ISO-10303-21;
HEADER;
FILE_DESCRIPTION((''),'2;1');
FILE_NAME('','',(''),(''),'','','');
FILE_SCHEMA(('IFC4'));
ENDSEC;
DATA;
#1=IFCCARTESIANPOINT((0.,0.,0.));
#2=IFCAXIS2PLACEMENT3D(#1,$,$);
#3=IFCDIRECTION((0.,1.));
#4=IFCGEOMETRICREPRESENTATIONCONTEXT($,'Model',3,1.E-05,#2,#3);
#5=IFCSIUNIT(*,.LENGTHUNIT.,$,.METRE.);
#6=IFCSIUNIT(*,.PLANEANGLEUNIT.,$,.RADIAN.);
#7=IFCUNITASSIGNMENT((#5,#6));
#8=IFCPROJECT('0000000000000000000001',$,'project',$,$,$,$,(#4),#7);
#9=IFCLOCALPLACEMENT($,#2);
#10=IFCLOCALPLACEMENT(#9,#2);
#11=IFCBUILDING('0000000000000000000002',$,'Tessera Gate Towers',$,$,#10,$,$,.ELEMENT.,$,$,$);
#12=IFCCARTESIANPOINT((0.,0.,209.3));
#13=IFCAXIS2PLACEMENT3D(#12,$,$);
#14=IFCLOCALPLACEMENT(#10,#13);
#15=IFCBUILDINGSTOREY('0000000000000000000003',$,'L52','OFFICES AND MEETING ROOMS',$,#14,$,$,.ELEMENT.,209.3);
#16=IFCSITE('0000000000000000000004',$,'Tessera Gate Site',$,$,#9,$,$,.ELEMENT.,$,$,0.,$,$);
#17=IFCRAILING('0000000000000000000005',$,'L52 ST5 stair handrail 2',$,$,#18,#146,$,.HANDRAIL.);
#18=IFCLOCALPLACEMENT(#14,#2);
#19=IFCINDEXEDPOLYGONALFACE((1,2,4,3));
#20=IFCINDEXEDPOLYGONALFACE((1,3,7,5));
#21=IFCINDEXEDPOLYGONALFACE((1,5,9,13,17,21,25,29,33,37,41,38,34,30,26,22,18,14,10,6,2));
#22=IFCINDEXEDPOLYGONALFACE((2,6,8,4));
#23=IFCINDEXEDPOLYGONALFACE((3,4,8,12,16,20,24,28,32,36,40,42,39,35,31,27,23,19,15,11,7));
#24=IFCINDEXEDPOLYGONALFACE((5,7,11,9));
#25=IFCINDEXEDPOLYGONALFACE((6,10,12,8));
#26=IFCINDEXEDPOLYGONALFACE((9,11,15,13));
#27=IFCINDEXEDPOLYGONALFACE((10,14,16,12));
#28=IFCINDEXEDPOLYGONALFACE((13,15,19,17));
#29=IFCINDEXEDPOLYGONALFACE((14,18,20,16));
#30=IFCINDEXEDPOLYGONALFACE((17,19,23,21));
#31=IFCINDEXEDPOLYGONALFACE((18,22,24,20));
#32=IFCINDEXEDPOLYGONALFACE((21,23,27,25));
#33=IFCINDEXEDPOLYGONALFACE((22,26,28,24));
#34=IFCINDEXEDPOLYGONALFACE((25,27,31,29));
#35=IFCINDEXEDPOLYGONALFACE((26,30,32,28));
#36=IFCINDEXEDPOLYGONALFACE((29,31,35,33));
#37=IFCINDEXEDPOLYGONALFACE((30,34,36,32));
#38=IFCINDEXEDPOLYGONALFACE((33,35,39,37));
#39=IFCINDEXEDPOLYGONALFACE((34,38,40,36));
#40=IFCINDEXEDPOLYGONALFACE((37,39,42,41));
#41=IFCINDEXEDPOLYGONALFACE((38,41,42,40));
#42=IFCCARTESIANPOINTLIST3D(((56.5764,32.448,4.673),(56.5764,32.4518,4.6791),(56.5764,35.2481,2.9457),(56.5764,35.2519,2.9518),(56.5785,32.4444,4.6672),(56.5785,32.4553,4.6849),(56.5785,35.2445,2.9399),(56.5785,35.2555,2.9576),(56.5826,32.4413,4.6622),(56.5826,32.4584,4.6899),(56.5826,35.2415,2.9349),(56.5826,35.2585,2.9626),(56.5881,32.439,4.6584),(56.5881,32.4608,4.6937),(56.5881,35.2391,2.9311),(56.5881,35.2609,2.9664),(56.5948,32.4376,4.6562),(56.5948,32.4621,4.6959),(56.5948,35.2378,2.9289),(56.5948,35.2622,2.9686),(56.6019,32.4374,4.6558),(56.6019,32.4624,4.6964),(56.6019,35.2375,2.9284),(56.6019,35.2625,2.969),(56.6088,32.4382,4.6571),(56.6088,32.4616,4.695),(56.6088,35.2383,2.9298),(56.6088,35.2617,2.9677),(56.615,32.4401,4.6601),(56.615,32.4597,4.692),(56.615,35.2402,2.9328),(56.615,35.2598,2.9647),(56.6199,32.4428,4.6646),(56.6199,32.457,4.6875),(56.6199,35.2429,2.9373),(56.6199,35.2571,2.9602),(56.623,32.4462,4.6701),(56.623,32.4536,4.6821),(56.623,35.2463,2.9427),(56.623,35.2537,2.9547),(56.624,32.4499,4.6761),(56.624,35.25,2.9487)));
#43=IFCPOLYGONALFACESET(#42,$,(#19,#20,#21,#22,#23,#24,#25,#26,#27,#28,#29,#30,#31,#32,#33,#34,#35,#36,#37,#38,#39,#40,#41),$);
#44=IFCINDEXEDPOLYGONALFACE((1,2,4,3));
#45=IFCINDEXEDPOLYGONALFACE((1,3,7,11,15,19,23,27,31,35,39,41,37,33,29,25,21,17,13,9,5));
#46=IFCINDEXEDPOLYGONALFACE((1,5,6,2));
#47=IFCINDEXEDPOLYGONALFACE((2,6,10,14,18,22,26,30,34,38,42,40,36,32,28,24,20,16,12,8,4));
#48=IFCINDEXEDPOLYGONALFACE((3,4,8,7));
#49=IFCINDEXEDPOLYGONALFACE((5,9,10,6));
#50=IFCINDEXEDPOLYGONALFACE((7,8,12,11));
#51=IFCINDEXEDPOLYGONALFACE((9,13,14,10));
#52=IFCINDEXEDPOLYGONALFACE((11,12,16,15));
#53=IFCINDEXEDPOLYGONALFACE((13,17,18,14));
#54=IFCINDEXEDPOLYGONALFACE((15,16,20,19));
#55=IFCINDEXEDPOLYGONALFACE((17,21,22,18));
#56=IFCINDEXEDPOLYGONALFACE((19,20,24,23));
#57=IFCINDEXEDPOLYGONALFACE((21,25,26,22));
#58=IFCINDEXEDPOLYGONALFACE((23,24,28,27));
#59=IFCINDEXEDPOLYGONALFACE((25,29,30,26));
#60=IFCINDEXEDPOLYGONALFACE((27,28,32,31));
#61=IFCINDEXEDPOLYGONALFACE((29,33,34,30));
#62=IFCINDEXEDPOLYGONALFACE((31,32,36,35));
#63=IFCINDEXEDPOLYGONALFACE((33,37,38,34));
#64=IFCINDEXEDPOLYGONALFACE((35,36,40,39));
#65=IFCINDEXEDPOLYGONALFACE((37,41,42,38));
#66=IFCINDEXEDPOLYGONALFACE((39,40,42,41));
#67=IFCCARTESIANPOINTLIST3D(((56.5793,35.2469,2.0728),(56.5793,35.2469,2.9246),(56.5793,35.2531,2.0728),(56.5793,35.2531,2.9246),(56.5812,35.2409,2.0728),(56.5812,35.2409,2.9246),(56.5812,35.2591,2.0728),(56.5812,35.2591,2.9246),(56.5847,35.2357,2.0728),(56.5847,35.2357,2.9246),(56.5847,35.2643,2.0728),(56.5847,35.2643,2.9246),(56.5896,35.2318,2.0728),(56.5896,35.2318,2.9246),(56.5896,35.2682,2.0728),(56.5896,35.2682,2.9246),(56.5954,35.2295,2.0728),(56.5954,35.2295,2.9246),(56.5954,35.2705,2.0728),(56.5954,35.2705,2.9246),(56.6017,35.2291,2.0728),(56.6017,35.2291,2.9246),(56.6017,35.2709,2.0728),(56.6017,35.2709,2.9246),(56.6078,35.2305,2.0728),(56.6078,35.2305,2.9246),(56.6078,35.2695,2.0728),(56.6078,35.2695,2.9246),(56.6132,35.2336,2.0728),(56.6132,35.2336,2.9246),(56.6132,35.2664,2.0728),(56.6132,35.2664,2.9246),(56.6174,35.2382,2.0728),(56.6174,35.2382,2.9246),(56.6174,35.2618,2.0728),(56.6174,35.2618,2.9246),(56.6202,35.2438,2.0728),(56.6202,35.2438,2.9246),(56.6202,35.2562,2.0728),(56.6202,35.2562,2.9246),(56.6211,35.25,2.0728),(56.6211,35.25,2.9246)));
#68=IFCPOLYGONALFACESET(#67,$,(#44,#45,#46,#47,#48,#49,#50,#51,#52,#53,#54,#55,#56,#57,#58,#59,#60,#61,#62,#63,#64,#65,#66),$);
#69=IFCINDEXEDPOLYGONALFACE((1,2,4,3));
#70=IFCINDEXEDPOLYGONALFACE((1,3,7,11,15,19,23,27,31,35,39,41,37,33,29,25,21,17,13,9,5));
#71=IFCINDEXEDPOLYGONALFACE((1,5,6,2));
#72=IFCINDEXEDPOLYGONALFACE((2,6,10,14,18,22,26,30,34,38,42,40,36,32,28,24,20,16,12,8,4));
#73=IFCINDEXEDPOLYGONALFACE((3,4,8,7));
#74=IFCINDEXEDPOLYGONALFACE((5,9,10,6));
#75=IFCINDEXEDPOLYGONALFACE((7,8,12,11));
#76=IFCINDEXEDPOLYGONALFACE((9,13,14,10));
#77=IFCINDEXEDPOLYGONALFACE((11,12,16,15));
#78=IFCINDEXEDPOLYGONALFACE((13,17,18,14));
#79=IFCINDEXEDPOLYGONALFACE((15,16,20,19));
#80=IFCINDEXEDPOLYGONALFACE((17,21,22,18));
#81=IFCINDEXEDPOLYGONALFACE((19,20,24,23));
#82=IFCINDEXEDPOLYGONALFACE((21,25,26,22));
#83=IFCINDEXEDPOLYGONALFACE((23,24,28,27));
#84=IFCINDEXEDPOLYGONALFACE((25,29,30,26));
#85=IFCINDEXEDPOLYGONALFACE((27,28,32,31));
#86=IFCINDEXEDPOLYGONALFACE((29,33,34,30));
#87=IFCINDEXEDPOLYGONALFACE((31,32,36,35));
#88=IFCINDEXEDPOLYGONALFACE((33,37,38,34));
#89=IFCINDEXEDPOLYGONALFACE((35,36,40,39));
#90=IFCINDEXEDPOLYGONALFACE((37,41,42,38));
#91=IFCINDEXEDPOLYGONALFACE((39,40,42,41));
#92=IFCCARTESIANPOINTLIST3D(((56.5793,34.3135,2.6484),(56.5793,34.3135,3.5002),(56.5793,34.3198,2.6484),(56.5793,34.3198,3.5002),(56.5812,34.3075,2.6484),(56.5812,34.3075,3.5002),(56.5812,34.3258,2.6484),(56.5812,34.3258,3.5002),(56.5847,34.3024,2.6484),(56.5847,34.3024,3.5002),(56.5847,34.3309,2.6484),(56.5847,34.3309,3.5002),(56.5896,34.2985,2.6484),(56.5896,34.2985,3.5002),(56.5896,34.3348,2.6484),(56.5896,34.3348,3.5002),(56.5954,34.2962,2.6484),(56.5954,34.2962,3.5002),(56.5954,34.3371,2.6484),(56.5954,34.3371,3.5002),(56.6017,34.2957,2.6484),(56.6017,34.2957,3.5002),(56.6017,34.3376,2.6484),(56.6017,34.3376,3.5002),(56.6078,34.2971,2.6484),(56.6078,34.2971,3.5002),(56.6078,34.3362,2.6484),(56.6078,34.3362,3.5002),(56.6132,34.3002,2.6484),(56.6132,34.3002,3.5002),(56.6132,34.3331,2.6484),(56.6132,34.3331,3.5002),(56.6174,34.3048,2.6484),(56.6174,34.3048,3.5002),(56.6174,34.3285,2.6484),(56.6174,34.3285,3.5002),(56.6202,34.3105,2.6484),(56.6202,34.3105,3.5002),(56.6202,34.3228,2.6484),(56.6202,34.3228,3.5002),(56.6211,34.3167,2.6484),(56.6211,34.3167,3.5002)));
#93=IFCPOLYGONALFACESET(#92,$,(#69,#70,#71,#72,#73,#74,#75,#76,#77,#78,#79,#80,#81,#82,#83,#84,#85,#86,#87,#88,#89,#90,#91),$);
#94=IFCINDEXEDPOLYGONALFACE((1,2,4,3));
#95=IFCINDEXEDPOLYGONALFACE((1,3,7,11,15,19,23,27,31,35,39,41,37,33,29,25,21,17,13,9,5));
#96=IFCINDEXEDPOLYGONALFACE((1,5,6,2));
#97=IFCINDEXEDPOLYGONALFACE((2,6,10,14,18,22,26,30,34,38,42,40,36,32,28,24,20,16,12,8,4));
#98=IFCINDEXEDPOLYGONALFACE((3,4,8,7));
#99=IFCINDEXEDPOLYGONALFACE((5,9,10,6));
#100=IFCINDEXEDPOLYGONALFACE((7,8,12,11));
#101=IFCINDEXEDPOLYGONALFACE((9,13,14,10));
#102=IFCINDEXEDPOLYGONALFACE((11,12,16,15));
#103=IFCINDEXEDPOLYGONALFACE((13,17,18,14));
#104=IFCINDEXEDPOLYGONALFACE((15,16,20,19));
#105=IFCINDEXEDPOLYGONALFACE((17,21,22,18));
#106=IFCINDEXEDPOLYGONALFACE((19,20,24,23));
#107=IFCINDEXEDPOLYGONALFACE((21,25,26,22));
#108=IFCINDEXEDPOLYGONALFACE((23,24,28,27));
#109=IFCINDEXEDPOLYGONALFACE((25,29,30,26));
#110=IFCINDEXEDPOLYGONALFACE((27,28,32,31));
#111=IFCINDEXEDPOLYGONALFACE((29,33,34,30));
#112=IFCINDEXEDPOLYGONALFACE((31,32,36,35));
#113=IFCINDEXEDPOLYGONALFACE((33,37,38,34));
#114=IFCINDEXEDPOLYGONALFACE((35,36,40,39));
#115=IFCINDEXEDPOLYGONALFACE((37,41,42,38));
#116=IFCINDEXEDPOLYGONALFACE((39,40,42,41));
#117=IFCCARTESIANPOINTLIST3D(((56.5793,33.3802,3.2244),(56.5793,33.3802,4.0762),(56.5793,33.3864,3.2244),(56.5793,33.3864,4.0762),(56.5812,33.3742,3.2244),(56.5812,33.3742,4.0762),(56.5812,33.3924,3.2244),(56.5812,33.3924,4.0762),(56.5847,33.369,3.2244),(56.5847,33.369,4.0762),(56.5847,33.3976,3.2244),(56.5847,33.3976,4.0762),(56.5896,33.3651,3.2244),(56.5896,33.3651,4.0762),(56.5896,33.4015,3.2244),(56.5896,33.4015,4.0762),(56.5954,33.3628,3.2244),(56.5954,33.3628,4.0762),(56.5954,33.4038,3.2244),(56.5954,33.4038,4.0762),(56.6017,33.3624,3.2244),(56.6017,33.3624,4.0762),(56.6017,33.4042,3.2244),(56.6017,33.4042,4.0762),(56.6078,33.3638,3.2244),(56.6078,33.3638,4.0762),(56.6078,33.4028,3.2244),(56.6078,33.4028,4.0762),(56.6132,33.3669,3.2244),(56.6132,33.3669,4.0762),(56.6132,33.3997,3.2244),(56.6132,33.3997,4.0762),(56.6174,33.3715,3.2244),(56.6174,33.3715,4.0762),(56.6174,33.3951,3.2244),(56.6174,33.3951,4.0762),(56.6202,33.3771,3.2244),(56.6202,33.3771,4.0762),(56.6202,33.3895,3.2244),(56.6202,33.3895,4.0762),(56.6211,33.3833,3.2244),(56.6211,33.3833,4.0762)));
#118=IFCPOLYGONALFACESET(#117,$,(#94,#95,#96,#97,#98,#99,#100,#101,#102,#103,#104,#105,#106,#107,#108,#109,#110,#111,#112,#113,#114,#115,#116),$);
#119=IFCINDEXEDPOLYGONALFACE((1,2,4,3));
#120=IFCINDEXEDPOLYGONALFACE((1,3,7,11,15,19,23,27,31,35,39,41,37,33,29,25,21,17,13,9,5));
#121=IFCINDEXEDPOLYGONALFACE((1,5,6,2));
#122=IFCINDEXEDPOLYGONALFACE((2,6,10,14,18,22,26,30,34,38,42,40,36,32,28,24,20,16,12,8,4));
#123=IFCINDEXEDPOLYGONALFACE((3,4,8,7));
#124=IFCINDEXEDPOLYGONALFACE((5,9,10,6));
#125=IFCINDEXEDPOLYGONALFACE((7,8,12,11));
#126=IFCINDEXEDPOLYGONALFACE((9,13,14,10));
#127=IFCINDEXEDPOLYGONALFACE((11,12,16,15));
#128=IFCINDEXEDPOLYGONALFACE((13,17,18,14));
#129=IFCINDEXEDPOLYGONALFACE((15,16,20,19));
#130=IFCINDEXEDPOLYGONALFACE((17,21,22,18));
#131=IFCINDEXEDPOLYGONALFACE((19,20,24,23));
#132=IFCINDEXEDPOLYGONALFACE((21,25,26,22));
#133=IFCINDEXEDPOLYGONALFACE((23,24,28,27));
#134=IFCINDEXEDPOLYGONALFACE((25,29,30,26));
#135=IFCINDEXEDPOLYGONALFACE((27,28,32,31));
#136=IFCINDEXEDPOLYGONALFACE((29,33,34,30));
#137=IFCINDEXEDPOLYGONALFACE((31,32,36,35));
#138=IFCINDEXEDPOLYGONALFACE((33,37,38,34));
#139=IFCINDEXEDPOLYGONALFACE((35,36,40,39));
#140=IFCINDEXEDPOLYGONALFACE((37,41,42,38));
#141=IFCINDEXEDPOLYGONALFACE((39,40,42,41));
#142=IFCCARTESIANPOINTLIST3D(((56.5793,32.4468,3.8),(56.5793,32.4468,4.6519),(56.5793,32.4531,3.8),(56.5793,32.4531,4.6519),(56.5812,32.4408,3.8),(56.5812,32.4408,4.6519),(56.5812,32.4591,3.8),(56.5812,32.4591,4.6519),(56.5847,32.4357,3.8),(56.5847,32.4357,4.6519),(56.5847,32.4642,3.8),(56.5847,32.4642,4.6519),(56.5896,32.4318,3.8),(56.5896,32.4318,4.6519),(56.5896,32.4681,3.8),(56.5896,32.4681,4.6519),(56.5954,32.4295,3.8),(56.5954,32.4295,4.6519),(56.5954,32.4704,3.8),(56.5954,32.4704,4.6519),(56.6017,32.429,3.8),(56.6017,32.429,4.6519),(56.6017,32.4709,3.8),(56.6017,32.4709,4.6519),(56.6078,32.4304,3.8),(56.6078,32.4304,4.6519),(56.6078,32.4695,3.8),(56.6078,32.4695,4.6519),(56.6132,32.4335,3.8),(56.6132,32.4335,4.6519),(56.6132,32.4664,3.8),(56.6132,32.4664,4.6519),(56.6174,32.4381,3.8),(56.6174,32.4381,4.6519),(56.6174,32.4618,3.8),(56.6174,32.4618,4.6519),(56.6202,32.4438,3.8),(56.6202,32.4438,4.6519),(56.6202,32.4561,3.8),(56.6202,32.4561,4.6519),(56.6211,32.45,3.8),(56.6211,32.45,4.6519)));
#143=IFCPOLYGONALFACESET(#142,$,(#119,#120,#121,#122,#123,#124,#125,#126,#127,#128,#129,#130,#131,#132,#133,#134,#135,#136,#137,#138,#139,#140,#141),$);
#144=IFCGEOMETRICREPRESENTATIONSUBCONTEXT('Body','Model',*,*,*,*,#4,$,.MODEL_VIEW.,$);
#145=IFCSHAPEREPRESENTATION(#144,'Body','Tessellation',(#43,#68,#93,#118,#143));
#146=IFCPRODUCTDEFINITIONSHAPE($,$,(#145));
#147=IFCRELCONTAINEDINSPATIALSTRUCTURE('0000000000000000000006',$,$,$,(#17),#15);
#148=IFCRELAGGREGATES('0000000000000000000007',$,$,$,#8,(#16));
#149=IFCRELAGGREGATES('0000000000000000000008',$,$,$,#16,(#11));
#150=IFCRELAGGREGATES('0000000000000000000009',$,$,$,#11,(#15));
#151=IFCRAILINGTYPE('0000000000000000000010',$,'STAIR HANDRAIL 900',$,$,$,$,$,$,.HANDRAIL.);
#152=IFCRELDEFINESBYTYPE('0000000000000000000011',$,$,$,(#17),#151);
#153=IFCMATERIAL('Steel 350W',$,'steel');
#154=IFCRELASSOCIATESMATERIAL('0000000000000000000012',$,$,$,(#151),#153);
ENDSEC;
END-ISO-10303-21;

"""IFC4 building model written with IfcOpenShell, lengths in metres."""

from ifc_helpers import new_model, si_unit, direction, frame, origin, origin_2d, place, context, subcontext, project, spatial, circle, extrude, material, type_object, element, save


model = new_model("IFC4")

# Units and contexts
model_context = context("Model", 3, precision=1e-05, world=origin(), true_north=direction((0.0, 1.0)))
body_context = subcontext(model_context, "Body", "Model", "MODEL_VIEW")
ifc_project = project(units=[si_unit("LENGTHUNIT", "METRE"), si_unit("PLANEANGLEUNIT", "RADIAN")], contexts=[model_context])

# Site, building, storey
site_placement = place(None, origin())
site = spatial("IfcSite", under=ifc_project, at=site_placement, Name="Tessera Gate Site", CompositionType="ELEMENT", RefElevation=0.0)
building_placement = place(site_placement, origin())
building = spatial("IfcBuilding", under=site, at=building_placement, Name="Tessera Gate Towers", CompositionType="ELEMENT")
storey_placement = place(building_placement, frame((0.0, 0.0, 209.3)))
storey = spatial("IfcBuildingStorey", under=building, at=storey_placement, Name="L52", Description="OFFICES AND MEETING ROOMS", CompositionType="ELEMENT", Elevation=209.3)

# Railing
ifc_material_1 = material(Name="Steel 350W", Category="steel")
railing_type_1 = type_object("IfcRailingType", Name="STAIR HANDRAIL 900", PredefinedType="HANDRAIL", material=ifc_material_1)
railing_1_placement = place(storey_placement, frame((56.6001, 35.25, 2.0728)))
element("IfcRailing", 1, at=railing_1_placement, inside=storey, type_object=railing_type_1, Name="L52 ST5 stair handrail 2", PredefinedType="HANDRAIL", context=body_context, shape_type="SweptSolid", body=[
    extrude(circle(Radius=0.0239, at=origin_2d()), frame((0.0, 0.0, 0.876), z_axis=(0.0, -0.85109, 0.52502), x_axis=(1.0, 0.0, 0.0)), (0.0, 0.0, 1.0), 3.29),
    extrude(circle(Radius=0.021, at=origin_2d()), origin(), (0.0, 0.0, 1.0), 0.8518),
    extrude(circle(Radius=0.021, at=origin_2d()), frame((0.0, -0.9333, 0.5757)), (0.0, 0.0, 1.0), 0.8518),
    extrude(circle(Radius=0.021, at=origin_2d()), frame((0.0, -1.8667, 1.1516)), (0.0, 0.0, 1.0), 0.8518),
    extrude(circle(Radius=0.021, at=origin_2d()), frame((0.0, -2.8, 1.7273)), (0.0, 0.0, 1.0), 0.8518),
])

save(model, "model.ifc")
